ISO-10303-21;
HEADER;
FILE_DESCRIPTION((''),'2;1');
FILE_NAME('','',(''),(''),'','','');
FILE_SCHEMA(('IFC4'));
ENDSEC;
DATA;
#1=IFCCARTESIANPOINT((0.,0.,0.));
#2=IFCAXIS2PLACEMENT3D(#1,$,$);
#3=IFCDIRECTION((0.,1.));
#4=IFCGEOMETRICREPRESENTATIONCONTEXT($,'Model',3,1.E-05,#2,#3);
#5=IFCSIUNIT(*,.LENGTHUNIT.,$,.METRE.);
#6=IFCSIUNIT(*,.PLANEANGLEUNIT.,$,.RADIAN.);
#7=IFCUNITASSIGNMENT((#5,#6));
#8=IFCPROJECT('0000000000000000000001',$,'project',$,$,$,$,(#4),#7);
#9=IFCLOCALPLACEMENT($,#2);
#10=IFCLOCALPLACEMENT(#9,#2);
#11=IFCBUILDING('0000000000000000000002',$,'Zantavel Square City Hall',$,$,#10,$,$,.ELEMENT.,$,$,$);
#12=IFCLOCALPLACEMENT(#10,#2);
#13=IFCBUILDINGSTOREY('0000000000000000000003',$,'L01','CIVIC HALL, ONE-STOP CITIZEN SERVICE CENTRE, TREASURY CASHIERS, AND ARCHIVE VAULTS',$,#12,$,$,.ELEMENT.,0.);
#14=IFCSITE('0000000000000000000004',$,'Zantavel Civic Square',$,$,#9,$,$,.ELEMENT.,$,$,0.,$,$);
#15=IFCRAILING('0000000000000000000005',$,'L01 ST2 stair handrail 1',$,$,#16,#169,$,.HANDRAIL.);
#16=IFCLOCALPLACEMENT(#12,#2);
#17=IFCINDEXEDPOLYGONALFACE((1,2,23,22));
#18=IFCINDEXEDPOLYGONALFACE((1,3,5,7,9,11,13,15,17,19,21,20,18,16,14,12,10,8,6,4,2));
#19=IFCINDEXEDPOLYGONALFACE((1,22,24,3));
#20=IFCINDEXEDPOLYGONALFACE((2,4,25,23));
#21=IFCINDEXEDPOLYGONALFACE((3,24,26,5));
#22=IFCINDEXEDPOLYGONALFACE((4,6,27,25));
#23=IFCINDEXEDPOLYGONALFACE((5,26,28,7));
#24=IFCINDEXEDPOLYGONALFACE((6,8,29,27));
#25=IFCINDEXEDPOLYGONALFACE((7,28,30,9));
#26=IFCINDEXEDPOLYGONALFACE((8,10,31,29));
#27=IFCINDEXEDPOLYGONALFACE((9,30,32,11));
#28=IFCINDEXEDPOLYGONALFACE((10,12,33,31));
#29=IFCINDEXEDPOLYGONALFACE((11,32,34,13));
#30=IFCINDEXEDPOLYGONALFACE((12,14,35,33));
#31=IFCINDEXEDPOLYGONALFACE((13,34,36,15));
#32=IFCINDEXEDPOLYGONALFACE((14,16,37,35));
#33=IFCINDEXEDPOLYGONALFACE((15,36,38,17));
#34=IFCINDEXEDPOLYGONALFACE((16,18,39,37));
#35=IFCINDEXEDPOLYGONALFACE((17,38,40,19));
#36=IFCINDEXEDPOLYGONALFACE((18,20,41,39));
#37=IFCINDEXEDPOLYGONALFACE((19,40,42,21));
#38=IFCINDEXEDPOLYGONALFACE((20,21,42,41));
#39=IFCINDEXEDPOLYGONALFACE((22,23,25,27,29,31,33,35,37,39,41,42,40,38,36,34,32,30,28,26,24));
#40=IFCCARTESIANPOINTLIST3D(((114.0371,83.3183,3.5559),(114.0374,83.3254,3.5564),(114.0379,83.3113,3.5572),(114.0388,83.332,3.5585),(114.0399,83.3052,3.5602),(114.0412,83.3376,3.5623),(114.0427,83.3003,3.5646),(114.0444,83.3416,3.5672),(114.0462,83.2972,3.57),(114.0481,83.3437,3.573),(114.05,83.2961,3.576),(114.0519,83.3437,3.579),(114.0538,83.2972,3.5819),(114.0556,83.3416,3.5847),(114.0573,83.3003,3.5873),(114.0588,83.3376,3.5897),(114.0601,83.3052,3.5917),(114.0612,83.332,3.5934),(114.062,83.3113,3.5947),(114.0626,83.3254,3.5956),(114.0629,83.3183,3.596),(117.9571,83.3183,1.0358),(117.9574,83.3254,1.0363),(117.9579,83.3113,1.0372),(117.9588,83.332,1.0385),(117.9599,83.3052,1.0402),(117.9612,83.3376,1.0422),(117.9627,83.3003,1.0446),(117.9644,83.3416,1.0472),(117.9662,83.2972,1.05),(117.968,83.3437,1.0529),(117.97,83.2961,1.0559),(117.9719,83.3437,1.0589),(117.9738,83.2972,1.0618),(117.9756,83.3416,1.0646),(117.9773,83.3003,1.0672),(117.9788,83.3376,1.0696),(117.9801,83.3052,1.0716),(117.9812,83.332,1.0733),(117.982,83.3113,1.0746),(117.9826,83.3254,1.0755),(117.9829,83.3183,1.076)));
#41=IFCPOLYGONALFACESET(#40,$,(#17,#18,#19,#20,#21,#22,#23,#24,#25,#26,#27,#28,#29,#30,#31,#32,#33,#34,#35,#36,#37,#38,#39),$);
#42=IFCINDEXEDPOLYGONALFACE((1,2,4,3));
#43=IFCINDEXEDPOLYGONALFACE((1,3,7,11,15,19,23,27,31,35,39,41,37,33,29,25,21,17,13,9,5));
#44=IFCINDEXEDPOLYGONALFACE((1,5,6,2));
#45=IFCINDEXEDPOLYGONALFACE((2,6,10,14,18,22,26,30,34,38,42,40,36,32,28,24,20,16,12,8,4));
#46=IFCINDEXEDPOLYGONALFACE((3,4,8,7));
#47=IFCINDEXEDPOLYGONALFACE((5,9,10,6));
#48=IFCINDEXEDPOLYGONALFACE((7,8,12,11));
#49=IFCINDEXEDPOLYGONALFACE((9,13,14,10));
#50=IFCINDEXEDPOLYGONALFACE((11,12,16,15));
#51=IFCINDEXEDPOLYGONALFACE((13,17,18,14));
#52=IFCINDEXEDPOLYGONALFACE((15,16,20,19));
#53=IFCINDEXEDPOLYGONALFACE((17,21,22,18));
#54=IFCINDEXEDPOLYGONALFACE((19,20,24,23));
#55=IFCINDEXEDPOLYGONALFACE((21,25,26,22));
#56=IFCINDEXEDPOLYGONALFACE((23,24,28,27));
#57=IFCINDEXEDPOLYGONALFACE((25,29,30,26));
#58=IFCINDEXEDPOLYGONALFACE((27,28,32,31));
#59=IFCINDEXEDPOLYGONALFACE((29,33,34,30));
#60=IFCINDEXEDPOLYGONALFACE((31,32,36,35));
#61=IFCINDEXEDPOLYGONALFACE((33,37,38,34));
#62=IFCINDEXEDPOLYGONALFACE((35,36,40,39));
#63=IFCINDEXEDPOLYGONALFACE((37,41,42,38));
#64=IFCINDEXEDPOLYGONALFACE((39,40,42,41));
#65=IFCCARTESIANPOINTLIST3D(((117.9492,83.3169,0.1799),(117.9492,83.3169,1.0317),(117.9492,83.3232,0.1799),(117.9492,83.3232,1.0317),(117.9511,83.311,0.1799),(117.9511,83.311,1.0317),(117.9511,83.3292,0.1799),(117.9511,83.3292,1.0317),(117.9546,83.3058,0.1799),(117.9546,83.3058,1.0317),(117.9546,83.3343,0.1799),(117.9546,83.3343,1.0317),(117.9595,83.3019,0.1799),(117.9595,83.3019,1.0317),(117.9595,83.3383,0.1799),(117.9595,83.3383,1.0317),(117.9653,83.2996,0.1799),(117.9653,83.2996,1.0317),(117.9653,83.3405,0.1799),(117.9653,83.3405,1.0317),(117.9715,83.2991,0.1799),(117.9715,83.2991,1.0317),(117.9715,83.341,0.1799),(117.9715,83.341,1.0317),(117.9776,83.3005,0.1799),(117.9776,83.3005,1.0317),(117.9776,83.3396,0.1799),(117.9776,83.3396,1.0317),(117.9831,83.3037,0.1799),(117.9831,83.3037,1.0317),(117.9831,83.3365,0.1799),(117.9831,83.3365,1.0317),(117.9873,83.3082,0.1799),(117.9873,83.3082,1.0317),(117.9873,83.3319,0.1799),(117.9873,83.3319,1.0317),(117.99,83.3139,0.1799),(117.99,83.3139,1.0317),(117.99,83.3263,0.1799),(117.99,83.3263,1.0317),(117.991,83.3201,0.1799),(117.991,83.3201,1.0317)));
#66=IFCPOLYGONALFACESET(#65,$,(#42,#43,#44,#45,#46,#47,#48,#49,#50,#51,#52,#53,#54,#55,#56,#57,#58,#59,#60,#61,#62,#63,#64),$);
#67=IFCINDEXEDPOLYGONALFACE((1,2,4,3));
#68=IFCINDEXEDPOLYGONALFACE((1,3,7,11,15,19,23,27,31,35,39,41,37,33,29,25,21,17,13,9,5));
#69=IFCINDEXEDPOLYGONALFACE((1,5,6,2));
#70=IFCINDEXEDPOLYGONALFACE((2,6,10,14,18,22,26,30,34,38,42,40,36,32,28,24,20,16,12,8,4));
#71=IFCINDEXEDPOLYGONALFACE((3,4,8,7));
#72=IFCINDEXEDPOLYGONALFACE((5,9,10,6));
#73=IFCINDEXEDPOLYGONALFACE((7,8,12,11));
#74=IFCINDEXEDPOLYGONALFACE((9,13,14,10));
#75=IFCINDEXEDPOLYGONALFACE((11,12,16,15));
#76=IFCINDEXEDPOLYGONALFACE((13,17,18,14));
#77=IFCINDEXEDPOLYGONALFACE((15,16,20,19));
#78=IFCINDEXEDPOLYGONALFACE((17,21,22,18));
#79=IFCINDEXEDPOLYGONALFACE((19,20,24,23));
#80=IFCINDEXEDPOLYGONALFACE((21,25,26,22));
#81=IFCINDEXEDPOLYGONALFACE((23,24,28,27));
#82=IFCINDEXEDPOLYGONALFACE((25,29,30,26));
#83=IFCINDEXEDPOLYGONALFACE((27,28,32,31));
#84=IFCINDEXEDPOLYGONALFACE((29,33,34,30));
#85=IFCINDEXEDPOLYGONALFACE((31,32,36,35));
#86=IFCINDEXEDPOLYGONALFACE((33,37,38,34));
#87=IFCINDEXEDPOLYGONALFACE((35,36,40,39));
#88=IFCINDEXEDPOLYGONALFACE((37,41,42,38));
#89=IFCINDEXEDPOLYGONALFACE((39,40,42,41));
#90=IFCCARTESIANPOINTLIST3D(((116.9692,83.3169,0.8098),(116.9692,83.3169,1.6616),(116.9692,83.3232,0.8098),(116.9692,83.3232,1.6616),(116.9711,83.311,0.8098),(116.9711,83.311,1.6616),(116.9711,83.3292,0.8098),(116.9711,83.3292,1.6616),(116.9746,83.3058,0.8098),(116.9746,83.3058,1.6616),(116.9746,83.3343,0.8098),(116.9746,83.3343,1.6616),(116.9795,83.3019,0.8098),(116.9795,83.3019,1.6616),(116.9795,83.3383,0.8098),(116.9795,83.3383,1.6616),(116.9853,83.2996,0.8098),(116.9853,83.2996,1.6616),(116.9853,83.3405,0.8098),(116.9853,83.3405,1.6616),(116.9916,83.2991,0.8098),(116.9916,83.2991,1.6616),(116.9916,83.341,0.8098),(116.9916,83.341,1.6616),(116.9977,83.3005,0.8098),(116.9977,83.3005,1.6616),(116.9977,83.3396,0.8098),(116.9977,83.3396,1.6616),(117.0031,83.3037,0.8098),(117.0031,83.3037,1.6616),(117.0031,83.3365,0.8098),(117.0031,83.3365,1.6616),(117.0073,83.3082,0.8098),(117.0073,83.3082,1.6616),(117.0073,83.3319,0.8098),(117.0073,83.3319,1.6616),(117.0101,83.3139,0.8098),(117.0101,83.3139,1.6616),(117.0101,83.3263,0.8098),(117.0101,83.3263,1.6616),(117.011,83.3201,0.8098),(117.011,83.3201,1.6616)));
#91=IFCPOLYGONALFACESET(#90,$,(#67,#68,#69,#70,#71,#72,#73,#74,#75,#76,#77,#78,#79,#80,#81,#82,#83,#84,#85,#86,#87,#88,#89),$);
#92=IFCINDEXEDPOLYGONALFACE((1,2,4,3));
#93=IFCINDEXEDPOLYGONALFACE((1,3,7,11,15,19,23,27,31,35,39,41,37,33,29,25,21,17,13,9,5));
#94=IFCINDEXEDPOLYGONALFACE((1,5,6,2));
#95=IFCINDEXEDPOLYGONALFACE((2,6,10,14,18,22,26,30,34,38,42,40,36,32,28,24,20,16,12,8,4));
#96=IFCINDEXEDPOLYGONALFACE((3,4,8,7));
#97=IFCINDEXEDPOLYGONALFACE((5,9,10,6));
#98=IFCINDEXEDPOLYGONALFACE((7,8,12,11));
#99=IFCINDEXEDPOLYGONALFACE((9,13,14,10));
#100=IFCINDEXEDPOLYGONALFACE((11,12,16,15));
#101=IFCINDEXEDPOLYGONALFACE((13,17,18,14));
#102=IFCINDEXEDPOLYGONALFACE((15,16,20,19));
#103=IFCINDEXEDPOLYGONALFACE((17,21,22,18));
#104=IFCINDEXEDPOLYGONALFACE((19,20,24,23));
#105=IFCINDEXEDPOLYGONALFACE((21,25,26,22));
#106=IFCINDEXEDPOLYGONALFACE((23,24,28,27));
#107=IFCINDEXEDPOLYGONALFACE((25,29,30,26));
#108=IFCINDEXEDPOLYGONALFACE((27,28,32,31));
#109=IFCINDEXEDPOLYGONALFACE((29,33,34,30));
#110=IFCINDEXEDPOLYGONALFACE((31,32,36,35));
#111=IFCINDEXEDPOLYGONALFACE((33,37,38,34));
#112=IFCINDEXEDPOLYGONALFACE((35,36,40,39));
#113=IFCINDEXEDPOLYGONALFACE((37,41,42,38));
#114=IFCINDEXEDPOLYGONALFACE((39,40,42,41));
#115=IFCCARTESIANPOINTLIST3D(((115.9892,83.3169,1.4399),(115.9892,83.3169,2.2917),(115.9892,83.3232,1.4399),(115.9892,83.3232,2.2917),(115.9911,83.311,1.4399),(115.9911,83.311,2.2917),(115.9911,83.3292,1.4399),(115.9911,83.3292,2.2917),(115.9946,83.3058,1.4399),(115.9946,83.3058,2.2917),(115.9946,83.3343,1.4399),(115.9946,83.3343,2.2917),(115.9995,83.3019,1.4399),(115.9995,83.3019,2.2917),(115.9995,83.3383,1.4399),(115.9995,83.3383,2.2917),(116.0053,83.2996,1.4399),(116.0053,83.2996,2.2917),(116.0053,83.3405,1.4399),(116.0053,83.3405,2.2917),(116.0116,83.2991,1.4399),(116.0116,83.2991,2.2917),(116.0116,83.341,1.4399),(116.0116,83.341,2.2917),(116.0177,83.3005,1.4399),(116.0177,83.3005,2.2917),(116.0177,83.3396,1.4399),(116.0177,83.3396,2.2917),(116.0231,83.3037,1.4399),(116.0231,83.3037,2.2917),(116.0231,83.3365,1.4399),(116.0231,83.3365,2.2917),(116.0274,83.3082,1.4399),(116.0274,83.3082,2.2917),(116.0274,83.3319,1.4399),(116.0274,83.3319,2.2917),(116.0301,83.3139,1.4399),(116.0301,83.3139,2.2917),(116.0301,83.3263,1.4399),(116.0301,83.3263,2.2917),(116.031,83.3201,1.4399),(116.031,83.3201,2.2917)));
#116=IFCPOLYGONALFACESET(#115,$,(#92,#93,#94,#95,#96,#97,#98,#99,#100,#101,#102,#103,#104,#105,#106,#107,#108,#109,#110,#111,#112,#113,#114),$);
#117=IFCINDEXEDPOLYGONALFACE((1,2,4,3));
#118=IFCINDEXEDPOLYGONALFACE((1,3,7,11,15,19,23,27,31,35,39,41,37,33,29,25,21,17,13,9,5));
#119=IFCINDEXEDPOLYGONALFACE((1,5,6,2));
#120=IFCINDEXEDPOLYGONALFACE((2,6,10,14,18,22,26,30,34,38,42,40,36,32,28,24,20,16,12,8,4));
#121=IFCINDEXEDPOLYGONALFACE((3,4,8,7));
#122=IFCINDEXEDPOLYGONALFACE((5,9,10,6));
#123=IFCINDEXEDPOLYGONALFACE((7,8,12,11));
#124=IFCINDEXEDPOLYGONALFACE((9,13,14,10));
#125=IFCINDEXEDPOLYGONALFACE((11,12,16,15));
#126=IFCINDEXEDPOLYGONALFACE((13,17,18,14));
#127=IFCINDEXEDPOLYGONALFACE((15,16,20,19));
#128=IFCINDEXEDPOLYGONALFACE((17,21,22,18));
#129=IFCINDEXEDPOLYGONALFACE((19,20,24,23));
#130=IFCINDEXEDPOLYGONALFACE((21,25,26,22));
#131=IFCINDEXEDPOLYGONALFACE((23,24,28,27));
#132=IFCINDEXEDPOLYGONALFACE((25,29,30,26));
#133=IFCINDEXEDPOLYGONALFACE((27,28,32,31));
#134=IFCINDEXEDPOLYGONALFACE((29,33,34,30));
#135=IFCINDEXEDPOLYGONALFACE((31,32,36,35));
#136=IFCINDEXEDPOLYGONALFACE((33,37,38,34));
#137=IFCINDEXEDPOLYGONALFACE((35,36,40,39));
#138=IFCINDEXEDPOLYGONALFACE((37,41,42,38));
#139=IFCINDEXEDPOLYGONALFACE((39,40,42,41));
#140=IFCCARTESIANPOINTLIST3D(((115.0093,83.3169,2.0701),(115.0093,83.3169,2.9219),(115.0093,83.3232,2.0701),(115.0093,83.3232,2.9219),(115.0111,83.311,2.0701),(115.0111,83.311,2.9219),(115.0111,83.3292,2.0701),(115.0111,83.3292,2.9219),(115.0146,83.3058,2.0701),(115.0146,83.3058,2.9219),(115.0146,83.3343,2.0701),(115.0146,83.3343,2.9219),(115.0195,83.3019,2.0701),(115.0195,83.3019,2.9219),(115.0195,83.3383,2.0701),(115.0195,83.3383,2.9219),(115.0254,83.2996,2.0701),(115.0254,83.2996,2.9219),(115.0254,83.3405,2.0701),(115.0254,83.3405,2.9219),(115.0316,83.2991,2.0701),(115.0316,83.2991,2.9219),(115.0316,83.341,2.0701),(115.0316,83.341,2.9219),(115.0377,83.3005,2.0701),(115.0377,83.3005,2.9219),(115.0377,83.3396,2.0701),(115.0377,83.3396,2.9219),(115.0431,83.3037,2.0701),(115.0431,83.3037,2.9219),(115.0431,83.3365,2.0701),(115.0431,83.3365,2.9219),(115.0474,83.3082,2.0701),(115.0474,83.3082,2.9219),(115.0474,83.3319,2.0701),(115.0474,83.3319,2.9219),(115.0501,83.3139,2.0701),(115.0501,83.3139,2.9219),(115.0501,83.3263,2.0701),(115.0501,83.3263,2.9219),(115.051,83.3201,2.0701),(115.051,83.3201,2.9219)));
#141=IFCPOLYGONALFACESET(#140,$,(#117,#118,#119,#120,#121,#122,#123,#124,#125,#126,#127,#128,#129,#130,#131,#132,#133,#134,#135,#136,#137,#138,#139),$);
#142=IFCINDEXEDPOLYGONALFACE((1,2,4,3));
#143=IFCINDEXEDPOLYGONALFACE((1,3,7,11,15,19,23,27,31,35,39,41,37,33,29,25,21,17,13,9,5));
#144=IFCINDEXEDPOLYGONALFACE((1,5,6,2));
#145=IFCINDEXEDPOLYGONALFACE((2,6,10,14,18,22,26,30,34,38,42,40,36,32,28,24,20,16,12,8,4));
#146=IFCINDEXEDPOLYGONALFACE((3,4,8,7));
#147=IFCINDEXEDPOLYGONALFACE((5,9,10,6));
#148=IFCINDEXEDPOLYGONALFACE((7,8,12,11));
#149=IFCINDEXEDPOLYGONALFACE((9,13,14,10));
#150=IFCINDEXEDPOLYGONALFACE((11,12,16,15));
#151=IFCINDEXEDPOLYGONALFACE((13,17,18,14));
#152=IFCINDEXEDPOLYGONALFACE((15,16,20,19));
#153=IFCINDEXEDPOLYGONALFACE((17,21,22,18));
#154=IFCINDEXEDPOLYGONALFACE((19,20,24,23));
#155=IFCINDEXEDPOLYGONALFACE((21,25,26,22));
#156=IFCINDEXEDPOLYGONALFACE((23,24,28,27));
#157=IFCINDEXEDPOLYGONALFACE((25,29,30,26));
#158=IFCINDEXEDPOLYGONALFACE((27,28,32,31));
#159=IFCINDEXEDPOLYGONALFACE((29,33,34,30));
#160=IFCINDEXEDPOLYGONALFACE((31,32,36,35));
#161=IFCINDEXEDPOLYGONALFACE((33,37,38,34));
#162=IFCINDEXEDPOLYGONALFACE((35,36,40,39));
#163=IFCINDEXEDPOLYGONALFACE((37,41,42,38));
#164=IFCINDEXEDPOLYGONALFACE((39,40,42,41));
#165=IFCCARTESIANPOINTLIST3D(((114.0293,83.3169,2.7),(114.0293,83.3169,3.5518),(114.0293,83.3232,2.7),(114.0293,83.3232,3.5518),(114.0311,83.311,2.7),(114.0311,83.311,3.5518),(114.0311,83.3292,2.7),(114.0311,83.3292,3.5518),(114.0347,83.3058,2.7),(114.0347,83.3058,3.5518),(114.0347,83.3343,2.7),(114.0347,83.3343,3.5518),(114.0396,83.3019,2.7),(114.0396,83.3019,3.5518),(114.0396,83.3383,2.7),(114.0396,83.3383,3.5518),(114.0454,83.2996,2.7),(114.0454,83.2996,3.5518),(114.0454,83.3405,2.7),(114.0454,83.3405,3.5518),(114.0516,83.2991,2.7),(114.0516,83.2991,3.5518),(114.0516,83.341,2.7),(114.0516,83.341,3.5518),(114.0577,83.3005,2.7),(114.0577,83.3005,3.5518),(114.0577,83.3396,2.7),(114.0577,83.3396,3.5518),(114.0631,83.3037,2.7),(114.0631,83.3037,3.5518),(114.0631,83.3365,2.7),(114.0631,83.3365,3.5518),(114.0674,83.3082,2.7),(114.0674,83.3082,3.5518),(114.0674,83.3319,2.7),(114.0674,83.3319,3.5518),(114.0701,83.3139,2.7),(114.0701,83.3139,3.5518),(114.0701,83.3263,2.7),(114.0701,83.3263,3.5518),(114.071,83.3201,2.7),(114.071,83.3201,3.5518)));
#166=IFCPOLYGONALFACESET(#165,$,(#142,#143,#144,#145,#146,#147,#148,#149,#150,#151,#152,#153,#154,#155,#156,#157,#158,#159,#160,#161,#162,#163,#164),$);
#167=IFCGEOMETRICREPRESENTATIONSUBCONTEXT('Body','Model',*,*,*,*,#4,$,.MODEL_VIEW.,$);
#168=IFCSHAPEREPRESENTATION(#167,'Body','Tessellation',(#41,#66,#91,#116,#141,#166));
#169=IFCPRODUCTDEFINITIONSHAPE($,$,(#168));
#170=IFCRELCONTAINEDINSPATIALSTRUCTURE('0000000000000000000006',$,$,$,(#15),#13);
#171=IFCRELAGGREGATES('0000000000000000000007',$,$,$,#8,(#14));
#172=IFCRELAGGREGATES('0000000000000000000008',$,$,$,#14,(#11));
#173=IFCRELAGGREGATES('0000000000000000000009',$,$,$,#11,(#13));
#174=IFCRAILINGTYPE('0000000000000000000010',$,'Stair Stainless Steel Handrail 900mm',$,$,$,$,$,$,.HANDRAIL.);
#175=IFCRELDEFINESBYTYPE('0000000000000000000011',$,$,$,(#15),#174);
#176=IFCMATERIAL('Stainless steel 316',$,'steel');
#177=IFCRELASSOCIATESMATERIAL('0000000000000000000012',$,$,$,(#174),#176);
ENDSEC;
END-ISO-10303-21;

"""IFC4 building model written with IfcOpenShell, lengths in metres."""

from ifc_helpers import new_model, si_unit, direction, frame, origin, origin_2d, place, context, subcontext, project, spatial, circle, extrude, material, type_object, element, save


model = new_model("IFC4")

# Units and contexts
model_context = context("Model", 3, precision=1e-05, world=origin(), true_north=direction((0.0, 1.0)))
body_context = subcontext(model_context, "Body", "Model", "MODEL_VIEW")
ifc_project = project(units=[si_unit("LENGTHUNIT", "METRE"), si_unit("PLANEANGLEUNIT", "RADIAN")], contexts=[model_context])

# Site, building, storey
site_placement = place(None, origin())
site = spatial("IfcSite", under=ifc_project, at=site_placement, Name="Zantavel Civic Square", CompositionType="ELEMENT", RefElevation=0.0)
building_placement = place(site_placement, origin())
building = spatial("IfcBuilding", under=site, at=building_placement, Name="Zantavel Square City Hall", CompositionType="ELEMENT")
storey_placement = place(building_placement, origin())
storey = spatial("IfcBuildingStorey", under=building, at=storey_placement, Name="L01", Description="CIVIC HALL, ONE-STOP CITIZEN SERVICE CENTRE, TREASURY CASHIERS, AND ARCHIVE VAULTS", CompositionType="ELEMENT", Elevation=0.0)

# Railing
ifc_material_1 = material(Name="Stainless steel 316", Category="steel")
railing_type_1 = type_object("IfcRailingType", Name="Stair Stainless Steel Handrail 900mm", PredefinedType="HANDRAIL", material=ifc_material_1)
railing_1_placement = place(storey_placement, frame((117.97, 83.3201, 0.1799)))
element("IfcRailing", 1, at=railing_1_placement, inside=storey, type_object=railing_type_1, Name="L01 ST2 stair handrail 1", PredefinedType="HANDRAIL", context=body_context, shape_type="SweptSolid", body=[
    extrude(circle(Radius=0.0239, at=origin_2d()), frame((0.0, 0.0, 0.876), z_axis=(-0.841172, 0.0, 0.540768), x_axis=(0.0, -1.0, 0.0)), (0.0, 0.0, 1.0), 4.6602),
    extrude(circle(Radius=0.021, at=origin_2d()), origin(), (0.0, 0.0, 1.0), 0.8518),
    extrude(circle(Radius=0.021, at=origin_2d()), frame((-0.98, 0.0, 0.6299)), (0.0, 0.0, 1.0), 0.8518),
    extrude(circle(Radius=0.021, at=origin_2d()), frame((-1.96, 0.0, 1.26)), (0.0, 0.0, 1.0), 0.8518),
    extrude(circle(Radius=0.021, at=origin_2d()), frame((-2.9399, 0.0, 1.8901)), (0.0, 0.0, 1.0), 0.8518),
    extrude(circle(Radius=0.021, at=origin_2d()), frame((-3.9199, 0.0, 2.52)), (0.0, 0.0, 1.0), 0.8518),
])

save(model, "model.ifc")
